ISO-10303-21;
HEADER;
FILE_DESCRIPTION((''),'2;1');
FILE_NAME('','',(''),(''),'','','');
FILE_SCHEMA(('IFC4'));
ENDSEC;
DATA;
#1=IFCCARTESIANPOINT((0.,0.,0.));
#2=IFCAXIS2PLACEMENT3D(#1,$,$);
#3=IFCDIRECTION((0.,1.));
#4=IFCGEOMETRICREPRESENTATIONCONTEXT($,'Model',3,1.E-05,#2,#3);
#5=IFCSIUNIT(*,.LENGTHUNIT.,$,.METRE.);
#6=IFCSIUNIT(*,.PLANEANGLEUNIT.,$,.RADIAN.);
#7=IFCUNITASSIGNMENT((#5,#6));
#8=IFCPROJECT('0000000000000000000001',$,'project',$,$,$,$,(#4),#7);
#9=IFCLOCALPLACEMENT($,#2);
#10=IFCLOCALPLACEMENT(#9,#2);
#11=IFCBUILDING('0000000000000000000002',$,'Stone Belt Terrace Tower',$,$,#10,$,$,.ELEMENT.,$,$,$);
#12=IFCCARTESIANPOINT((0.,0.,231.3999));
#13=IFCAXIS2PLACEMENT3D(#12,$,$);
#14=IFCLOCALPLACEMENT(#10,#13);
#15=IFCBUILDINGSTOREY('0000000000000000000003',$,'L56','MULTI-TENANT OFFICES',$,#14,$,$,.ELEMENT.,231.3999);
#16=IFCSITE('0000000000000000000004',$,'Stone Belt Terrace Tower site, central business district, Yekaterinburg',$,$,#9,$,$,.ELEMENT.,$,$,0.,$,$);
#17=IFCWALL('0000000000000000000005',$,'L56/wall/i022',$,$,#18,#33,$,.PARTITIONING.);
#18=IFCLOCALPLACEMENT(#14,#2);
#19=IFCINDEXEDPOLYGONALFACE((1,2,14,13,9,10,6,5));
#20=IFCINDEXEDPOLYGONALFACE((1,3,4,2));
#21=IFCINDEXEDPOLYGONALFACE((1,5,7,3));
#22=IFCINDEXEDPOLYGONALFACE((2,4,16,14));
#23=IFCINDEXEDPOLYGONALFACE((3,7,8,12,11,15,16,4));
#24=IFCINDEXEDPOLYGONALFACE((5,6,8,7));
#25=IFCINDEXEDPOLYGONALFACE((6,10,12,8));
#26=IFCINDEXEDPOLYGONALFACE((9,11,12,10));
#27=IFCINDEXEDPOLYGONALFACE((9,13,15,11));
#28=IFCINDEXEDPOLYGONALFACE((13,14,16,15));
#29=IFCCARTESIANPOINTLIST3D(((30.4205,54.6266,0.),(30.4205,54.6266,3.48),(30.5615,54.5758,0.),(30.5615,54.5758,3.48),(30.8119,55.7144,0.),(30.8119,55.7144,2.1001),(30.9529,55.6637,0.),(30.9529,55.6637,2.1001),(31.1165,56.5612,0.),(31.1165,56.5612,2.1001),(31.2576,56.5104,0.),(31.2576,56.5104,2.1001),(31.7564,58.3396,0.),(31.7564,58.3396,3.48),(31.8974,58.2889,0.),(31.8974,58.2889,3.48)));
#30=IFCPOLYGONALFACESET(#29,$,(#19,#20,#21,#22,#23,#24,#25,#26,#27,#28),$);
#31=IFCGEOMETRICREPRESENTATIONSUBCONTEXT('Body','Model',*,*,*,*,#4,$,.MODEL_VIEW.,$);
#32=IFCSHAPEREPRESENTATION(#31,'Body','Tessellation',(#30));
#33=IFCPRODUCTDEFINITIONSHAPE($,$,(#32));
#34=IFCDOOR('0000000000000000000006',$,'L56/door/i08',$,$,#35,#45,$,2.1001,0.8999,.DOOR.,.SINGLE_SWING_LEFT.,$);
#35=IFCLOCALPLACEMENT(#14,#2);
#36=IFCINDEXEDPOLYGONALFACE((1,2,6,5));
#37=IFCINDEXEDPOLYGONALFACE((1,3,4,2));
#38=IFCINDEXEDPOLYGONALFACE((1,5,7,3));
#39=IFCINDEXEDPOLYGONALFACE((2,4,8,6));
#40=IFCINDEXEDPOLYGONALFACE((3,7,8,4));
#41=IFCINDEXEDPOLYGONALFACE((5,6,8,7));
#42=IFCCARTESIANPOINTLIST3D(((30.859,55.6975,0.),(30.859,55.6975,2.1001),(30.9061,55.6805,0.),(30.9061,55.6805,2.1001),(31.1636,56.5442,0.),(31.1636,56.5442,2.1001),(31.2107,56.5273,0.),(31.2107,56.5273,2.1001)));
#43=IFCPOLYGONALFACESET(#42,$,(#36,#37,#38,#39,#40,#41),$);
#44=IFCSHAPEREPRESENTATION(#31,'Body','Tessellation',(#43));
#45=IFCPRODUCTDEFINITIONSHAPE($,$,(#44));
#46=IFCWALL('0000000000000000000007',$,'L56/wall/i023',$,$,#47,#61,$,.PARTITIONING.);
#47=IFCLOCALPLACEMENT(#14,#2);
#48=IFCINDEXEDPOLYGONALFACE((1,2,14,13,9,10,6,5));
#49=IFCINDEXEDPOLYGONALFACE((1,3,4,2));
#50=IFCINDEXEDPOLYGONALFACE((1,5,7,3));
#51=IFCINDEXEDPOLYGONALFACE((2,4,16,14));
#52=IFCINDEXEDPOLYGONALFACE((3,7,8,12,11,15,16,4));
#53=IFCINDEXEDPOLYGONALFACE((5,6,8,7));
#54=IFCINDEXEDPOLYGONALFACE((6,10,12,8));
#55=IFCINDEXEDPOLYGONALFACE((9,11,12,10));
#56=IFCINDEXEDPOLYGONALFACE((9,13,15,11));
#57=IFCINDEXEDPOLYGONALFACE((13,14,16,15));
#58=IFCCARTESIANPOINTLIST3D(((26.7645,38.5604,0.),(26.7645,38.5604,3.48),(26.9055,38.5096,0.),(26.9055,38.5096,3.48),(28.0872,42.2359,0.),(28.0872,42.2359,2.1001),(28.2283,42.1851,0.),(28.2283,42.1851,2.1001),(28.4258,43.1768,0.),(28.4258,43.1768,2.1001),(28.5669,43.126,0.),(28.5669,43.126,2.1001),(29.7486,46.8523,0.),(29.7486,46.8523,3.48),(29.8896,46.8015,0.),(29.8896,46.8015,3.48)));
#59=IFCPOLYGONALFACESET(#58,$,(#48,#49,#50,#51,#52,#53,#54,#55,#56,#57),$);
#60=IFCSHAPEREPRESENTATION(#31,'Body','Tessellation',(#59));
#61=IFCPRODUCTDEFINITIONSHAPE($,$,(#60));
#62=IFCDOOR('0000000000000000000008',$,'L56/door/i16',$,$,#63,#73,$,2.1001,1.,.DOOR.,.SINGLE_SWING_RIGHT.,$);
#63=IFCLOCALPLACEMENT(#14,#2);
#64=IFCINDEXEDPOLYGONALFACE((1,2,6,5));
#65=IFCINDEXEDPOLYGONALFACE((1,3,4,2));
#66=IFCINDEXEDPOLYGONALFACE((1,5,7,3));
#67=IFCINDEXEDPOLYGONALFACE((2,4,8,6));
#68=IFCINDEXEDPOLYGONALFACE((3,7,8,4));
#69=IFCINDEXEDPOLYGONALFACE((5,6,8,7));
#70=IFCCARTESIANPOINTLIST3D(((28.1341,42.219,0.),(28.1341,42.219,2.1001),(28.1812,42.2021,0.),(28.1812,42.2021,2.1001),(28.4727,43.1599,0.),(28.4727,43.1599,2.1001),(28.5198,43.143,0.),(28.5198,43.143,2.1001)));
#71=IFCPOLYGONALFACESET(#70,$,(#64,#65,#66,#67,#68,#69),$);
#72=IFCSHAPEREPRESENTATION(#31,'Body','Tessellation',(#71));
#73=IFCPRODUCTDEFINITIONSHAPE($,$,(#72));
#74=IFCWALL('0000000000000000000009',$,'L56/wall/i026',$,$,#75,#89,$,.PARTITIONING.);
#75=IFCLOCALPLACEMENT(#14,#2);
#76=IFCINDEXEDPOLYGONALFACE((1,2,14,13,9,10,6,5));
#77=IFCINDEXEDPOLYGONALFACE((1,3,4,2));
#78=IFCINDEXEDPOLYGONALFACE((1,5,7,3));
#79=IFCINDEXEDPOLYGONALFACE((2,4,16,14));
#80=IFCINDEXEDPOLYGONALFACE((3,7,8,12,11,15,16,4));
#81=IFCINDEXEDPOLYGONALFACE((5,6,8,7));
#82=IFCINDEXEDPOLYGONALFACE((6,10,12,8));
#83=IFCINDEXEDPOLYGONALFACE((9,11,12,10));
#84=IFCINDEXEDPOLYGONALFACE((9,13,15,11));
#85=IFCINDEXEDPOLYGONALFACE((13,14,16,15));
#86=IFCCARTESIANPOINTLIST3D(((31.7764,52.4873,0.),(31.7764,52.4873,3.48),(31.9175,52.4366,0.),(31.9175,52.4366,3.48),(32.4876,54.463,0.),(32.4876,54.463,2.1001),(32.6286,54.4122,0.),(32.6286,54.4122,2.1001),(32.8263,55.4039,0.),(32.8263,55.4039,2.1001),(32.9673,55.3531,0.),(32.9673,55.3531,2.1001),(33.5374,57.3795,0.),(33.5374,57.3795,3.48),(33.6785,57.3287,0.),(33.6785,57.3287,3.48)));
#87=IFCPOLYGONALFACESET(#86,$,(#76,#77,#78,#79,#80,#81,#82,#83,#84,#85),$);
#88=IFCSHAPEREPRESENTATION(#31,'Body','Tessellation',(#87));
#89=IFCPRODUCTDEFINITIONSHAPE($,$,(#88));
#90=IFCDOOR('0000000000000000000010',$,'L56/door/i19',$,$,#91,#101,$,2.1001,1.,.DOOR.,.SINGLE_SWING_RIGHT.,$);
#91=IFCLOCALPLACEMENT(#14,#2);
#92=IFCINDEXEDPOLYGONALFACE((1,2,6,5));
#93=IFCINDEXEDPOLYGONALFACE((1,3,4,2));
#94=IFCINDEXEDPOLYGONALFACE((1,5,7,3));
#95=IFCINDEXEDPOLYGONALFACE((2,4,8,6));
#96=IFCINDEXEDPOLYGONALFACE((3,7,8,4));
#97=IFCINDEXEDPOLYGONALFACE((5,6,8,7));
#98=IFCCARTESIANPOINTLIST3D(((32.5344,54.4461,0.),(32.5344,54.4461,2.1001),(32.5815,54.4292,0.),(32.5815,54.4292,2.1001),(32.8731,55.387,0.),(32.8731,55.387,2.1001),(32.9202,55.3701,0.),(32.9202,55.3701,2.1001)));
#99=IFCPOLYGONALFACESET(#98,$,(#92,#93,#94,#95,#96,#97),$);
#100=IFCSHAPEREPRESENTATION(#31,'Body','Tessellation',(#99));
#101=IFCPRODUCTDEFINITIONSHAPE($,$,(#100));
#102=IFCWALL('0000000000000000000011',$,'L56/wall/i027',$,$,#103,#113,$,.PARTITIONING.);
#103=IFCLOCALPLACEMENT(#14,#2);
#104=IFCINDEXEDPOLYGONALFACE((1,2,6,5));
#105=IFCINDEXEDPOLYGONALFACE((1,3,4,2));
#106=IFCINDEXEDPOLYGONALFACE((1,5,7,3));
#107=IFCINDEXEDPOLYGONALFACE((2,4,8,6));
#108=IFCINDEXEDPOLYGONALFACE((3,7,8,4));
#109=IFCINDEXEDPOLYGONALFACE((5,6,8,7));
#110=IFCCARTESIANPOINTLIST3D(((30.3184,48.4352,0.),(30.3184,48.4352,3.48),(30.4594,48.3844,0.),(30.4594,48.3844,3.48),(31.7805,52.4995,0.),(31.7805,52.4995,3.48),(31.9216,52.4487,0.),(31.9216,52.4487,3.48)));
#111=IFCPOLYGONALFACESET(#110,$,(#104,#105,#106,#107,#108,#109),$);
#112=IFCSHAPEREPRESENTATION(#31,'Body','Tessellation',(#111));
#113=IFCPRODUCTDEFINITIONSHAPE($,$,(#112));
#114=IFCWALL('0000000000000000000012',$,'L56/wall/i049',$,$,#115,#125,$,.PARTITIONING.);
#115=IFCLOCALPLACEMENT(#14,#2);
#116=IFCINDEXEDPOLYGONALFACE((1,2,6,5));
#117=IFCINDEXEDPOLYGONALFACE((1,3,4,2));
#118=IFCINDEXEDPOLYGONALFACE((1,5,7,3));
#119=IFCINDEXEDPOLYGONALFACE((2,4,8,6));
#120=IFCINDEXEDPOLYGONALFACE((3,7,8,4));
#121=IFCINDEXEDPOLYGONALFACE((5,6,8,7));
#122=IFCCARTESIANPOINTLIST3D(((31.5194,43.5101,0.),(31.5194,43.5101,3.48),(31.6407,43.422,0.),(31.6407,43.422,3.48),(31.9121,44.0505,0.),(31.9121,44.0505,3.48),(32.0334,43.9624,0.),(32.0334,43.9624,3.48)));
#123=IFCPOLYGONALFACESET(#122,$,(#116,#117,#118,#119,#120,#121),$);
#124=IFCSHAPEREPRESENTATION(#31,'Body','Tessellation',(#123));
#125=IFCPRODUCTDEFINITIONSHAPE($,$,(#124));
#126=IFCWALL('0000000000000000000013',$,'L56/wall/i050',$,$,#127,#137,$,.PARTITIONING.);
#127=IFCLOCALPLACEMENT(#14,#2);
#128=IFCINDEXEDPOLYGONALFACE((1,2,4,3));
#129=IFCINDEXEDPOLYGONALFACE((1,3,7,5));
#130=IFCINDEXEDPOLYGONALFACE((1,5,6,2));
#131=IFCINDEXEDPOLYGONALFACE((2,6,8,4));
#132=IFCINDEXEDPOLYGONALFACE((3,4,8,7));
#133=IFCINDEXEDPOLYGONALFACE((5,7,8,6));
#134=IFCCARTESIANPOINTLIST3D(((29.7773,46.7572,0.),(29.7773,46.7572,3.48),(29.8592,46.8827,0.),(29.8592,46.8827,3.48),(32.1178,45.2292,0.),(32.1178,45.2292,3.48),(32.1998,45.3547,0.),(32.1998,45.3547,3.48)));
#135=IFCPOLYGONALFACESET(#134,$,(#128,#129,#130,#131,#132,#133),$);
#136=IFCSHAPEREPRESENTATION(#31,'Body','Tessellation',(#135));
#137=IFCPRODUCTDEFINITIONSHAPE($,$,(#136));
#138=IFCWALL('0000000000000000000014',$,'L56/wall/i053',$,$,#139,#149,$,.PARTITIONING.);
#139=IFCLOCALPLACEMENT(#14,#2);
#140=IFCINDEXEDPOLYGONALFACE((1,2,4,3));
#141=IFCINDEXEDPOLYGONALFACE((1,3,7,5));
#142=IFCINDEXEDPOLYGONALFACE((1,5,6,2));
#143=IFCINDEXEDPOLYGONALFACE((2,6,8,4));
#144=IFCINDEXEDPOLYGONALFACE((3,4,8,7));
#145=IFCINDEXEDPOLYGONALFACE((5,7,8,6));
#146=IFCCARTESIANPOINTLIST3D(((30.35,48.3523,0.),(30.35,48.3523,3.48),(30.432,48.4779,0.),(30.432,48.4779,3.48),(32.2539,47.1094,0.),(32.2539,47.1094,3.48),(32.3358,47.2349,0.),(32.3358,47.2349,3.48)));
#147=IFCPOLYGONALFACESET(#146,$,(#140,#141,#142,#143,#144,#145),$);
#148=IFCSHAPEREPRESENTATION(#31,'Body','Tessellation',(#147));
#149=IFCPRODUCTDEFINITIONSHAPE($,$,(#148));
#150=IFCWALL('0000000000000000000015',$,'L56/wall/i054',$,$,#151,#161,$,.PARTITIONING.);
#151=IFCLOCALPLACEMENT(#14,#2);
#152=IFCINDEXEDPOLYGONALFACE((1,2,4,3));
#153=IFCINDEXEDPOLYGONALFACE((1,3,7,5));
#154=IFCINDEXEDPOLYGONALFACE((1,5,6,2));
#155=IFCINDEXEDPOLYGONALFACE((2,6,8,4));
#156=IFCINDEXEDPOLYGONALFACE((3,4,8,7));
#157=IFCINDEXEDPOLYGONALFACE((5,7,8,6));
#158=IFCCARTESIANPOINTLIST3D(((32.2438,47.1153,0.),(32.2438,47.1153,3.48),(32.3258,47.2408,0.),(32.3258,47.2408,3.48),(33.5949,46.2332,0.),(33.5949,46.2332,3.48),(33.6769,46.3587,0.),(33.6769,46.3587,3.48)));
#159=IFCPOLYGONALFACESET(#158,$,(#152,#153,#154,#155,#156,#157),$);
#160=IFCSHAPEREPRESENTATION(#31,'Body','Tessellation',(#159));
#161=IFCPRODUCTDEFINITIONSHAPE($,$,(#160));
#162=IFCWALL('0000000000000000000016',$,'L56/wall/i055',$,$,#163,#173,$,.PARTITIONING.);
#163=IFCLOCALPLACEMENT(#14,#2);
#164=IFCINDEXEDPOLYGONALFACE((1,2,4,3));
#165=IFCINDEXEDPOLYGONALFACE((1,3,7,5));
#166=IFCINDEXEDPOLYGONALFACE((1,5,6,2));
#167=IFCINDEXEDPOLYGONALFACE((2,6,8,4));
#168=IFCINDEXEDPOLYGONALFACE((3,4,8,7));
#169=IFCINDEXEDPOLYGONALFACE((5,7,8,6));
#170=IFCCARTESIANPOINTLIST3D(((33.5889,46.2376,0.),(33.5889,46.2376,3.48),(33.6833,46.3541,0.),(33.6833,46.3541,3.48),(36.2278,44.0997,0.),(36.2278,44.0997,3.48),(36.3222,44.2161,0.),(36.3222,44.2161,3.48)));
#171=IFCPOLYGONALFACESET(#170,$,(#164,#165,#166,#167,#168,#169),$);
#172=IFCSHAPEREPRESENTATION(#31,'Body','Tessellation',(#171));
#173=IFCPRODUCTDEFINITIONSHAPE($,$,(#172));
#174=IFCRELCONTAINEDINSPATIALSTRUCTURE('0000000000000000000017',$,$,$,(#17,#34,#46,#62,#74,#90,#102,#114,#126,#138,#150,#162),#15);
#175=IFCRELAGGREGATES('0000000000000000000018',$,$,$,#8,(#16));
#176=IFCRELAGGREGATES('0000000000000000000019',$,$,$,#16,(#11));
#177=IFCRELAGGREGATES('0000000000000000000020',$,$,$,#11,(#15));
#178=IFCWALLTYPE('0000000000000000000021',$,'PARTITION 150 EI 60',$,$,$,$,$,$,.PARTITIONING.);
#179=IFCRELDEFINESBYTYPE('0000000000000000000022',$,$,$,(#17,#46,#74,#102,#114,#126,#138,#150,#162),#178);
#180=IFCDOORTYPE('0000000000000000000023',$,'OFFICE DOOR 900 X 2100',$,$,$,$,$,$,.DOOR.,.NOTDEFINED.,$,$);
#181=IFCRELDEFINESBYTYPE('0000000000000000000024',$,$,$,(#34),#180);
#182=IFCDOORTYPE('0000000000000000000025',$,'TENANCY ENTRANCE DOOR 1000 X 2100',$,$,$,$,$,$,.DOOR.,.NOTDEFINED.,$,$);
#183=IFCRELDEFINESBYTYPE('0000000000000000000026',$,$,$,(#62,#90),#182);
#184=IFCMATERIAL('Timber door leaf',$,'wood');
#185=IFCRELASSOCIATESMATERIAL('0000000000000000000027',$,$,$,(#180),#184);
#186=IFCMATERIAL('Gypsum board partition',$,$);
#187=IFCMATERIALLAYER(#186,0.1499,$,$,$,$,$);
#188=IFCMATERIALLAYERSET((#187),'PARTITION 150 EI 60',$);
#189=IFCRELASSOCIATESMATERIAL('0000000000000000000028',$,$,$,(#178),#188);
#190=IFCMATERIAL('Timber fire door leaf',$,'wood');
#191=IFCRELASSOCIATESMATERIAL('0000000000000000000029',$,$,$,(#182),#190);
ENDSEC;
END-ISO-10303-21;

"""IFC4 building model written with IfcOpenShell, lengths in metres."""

from ifc_helpers import new_model, si_unit, direction, frame, frame_2d, origin, place, context, subcontext, project, spatial, rectangle, extrude, material, layer, layer_set, type_object, element, fill, save


model = new_model("IFC4")

# Units and contexts
model_context = context("Model", 3, precision=1e-05, world=origin(), true_north=direction((0.0, 1.0)))
body_context = subcontext(model_context, "Body", "Model", "MODEL_VIEW")
ifc_project = project(units=[si_unit("LENGTHUNIT", "METRE"), si_unit("PLANEANGLEUNIT", "RADIAN")], contexts=[model_context])

# Site, building, storey
site_placement = place(None, origin())
site = spatial("IfcSite", under=ifc_project, at=site_placement, Name="Stone Belt Terrace Tower site, central business district, Yekaterinburg", CompositionType="ELEMENT", RefElevation=0.0)
building_placement = place(site_placement, origin())
building = spatial("IfcBuilding", under=site, at=building_placement, Name="Stone Belt Terrace Tower", CompositionType="ELEMENT")
storey_placement = place(building_placement, frame((0.0, 0.0, 231.3999)))
storey = spatial("IfcBuildingStorey", under=building, at=storey_placement, Name="L56", Description="MULTI-TENANT OFFICES", CompositionType="ELEMENT", Elevation=231.3999)

# Shared definitions
ifc_material_1 = material(Name="Gypsum board partition")
ifc_material_2 = material(Name="Timber door leaf", Category="wood")
door_type_1 = type_object("IfcDoorType", Name="OFFICE DOOR 900 X 2100", OperationType="NOTDEFINED", PredefinedType="DOOR", material=ifc_material_2)

# Walls, openings, doors
ifc_layer_1 = layer(ifc_material_1, 0.1499)
ifc_layer_set_1 = layer_set([ifc_layer_1], Name="PARTITION 150 EI 60")
wall_type_1 = type_object("IfcWallType", Name="PARTITION 150 EI 60", PredefinedType="PARTITIONING", material=ifc_layer_set_1)
wall_1_placement = place(storey_placement, frame((30.491, 54.6011, 0.0), z_axis=(0.0, 0.0, 1.0), x_axis=(0.338542, 0.940951, 0.0)))
wall_1 = element("IfcWall", 1, at=wall_1_placement, inside=storey, type_object=wall_type_1, Name="L56/wall/i022", PredefinedType="PARTITIONING", context=body_context, shape_type="SweptSolid", body=[
    extrude(rectangle(XDim=3.946, YDim=0.1499, at=frame_2d((1.9731, 0.0))), origin(), (0.0, 0.0, 1.0), 3.48),
])
opening_1_placement = place(wall_1_placement, frame((1.1562, 0.0, 0.0)))
opening_1 = element("IfcOpeningElement", 2, at=opening_1_placement, cuts=wall_1, PredefinedType="OPENING", context=body_context, shape_type="SweptSolid", body=[
    extrude(rectangle(XDim=0.8999, YDim=2.1001, at=frame_2d((0.45, 1.05))), frame((0.0, 0.085, 0.0), z_axis=(0.0, -1.0, 0.0), x_axis=(1.0, 0.0, 0.0)), (0.0, 0.0, 1.0), 0.1699),
])
door_1_placement = place(opening_1_placement, origin())
door_1 = element("IfcDoor", 3, at=door_1_placement, inside=storey, type_object=door_type_1, Name="L56/door/i08", OperationType="SINGLE_SWING_LEFT", OverallHeight=2.1001, OverallWidth=0.8999, PredefinedType="DOOR", context=body_context, shape_type="SweptSolid", body=[
    extrude(rectangle(XDim=0.8999, YDim=2.1001, at=frame_2d((0.45, 1.05))), frame((0.0, 0.0249, 0.0), z_axis=(0.0, -1.0, 0.0), x_axis=(1.0, 0.0, 0.0)), (0.0, 0.0, 1.0), 0.05),
])
fill(opening_1, door_1)
wall_2_placement = place(storey_placement, frame((29.8191, 46.8269, 0.0), z_axis=(0.0, 0.0, 1.0), x_axis=(-0.33862, -0.940923, 0.0)))
wall_2 = element("IfcWall", 4, at=wall_2_placement, inside=storey, type_object=wall_type_1, Name="L56/wall/i023", PredefinedType="PARTITIONING", context=body_context, shape_type="SweptSolid", body=[
    extrude(rectangle(XDim=8.8125, YDim=0.1499, at=frame_2d((4.4062, 0.0))), origin(), (0.0, 0.0, 1.0), 3.48),
])
opening_2_placement = place(wall_2_placement, frame((3.9062, 0.0, 0.0)))
opening_2 = element("IfcOpeningElement", 5, at=opening_2_placement, cuts=wall_2, PredefinedType="OPENING", context=body_context, shape_type="SweptSolid", body=[
    extrude(rectangle(XDim=1.0, YDim=2.1001, at=frame_2d((0.5, 1.05))), frame((0.0, 0.085, 0.0), z_axis=(0.0, -1.0, 0.0), x_axis=(1.0, 0.0, 0.0)), (0.0, 0.0, 1.0), 0.1699),
])
ifc_material_3 = material(Name="Timber fire door leaf", Category="wood")
door_type_2 = type_object("IfcDoorType", Name="TENANCY ENTRANCE DOOR 1000 X 2100", OperationType="NOTDEFINED", PredefinedType="DOOR", material=ifc_material_3)
door_2_placement = place(opening_2_placement, origin())
door_2 = element("IfcDoor", 6, at=door_2_placement, inside=storey, type_object=door_type_2, Name="L56/door/i16", OperationType="SINGLE_SWING_RIGHT", OverallHeight=2.1001, OverallWidth=1.0, PredefinedType="DOOR", context=body_context, shape_type="SweptSolid", body=[
    extrude(rectangle(XDim=1.0, YDim=2.1001, at=frame_2d((0.5, 1.05))), frame((0.0, 0.0249, 0.0), z_axis=(0.0, -1.0, 0.0), x_axis=(1.0, 0.0, 0.0)), (0.0, 0.0, 1.0), 0.05),
])
fill(opening_2, door_2)
wall_3_placement = place(storey_placement, frame((33.6079, 57.354, 0.0), z_axis=(0.0, 0.0, 1.0), x_axis=(-0.338691, -0.940898, 0.0)))
wall_3 = element("IfcWall", 7, at=wall_3_placement, inside=storey, type_object=wall_type_1, Name="L56/wall/i026", PredefinedType="PARTITIONING", context=body_context, shape_type="SweptSolid", body=[
    extrude(rectangle(XDim=5.1995, YDim=0.1499, at=frame_2d((2.5996, 0.0))), origin(), (0.0, 0.0, 1.0), 3.48),
])
opening_3_placement = place(wall_3_placement, frame((2.0996, 0.0, 0.0)))
opening_3 = element("IfcOpeningElement", 8, at=opening_3_placement, cuts=wall_3, PredefinedType="OPENING", context=body_context, shape_type="SweptSolid", body=[
    extrude(rectangle(XDim=1.0, YDim=2.1001, at=frame_2d((0.5, 1.05))), frame((0.0, 0.085, 0.0), z_axis=(0.0, -1.0, 0.0), x_axis=(1.0, 0.0, 0.0)), (0.0, 0.0, 1.0), 0.1699),
])
door_3_placement = place(opening_3_placement, origin())
door_3 = element("IfcDoor", 9, at=door_3_placement, inside=storey, type_object=door_type_2, Name="L56/door/i19", OperationType="SINGLE_SWING_RIGHT", OverallHeight=2.1001, OverallWidth=1.0, PredefinedType="DOOR", context=body_context, shape_type="SweptSolid", body=[
    extrude(rectangle(XDim=1.0, YDim=2.1001, at=frame_2d((0.5, 1.05))), frame((0.0, 0.0249, 0.0), z_axis=(0.0, -1.0, 0.0), x_axis=(1.0, 0.0, 0.0)), (0.0, 0.0, 1.0), 0.05),
])
fill(opening_3, door_3)

# Walls
wall_4_placement = place(storey_placement, frame((31.8511, 52.4741, 0.0), z_axis=(0.0, 0.0, 1.0), x_axis=(-0.338523, -0.940958, 0.0)))
element("IfcWall", 10, at=wall_4_placement, inside=storey, type_object=wall_type_1, Name="L56/wall/i027", PredefinedType="PARTITIONING", context=body_context, shape_type="SweptSolid", body=[
    extrude(rectangle(XDim=4.3193, YDim=0.1499, at=frame_2d((2.1597, 0.0))), origin(), (0.0, 0.0, 1.0), 3.48),
])
wall_5_placement = place(storey_placement, frame((31.5801, 43.4661, 0.0), z_axis=(0.0, 0.0, 1.0), x_axis=(0.587824, 0.808989, 0.0)))
element("IfcWall", 11, at=wall_5_placement, inside=storey, type_object=wall_type_1, Name="L56/wall/i049", PredefinedType="PARTITIONING", context=body_context, shape_type="SweptSolid", body=[
    extrude(rectangle(XDim=0.668, YDim=0.1499, at=frame_2d((0.334, 0.0))), origin(), (0.0, 0.0, 1.0), 3.48),
])
wall_6_placement = place(storey_placement, frame((32.1587, 45.292, 0.0), z_axis=(0.0, 0.0, 1.0), x_axis=(-0.837346, 0.546673, 0.0)))
element("IfcWall", 12, at=wall_6_placement, inside=storey, type_object=wall_type_1, Name="L56/wall/i050", PredefinedType="PARTITIONING", context=body_context, shape_type="SweptSolid", body=[
    extrude(rectangle(XDim=2.7952, YDim=0.1499, at=frame_2d((1.3975, 0.0))), origin(), (0.0, 0.0, 1.0), 3.48),
])
wall_7_placement = place(storey_placement, frame((30.3911, 48.415, 0.0), z_axis=(0.0, 0.0, 1.0), x_axis=(0.837348, -0.546671, 0.0)))
element("IfcWall", 13, at=wall_7_placement, inside=storey, type_object=wall_type_1, Name="L56/wall/i053", PredefinedType="PARTITIONING", context=body_context, shape_type="SweptSolid", body=[
    extrude(rectangle(XDim=2.2737, YDim=0.1499, at=frame_2d((1.1367, 0.0))), origin(), (0.0, 0.0, 1.0), 3.48),
])
wall_8_placement = place(storey_placement, frame((32.2849, 47.178, 0.0), z_axis=(0.0, 0.0, 1.0), x_axis=(0.837343, -0.546678, 0.0)))
element("IfcWall", 14, at=wall_8_placement, inside=storey, type_object=wall_type_1, Name="L56/wall/i054", PredefinedType="PARTITIONING", context=body_context, shape_type="SweptSolid", body=[
    extrude(rectangle(XDim=1.6135, YDim=0.1499, at=frame_2d((0.8066, 0.0))), origin(), (0.0, 0.0, 1.0), 3.48),
])
wall_9_placement = place(storey_placement, frame((33.636, 46.2959, 0.0), z_axis=(0.0, 0.0, 1.0), x_axis=(0.777004, -0.629496, 0.0)))
element("IfcWall", 15, at=wall_9_placement, inside=storey, type_object=wall_type_1, Name="L56/wall/i055", PredefinedType="PARTITIONING", context=body_context, shape_type="SweptSolid", body=[
    extrude(rectangle(XDim=3.3962, YDim=0.1499, at=frame_2d((1.6982, 0.0))), origin(), (0.0, 0.0, 1.0), 3.48),
])

save(model, "model.ifc")
